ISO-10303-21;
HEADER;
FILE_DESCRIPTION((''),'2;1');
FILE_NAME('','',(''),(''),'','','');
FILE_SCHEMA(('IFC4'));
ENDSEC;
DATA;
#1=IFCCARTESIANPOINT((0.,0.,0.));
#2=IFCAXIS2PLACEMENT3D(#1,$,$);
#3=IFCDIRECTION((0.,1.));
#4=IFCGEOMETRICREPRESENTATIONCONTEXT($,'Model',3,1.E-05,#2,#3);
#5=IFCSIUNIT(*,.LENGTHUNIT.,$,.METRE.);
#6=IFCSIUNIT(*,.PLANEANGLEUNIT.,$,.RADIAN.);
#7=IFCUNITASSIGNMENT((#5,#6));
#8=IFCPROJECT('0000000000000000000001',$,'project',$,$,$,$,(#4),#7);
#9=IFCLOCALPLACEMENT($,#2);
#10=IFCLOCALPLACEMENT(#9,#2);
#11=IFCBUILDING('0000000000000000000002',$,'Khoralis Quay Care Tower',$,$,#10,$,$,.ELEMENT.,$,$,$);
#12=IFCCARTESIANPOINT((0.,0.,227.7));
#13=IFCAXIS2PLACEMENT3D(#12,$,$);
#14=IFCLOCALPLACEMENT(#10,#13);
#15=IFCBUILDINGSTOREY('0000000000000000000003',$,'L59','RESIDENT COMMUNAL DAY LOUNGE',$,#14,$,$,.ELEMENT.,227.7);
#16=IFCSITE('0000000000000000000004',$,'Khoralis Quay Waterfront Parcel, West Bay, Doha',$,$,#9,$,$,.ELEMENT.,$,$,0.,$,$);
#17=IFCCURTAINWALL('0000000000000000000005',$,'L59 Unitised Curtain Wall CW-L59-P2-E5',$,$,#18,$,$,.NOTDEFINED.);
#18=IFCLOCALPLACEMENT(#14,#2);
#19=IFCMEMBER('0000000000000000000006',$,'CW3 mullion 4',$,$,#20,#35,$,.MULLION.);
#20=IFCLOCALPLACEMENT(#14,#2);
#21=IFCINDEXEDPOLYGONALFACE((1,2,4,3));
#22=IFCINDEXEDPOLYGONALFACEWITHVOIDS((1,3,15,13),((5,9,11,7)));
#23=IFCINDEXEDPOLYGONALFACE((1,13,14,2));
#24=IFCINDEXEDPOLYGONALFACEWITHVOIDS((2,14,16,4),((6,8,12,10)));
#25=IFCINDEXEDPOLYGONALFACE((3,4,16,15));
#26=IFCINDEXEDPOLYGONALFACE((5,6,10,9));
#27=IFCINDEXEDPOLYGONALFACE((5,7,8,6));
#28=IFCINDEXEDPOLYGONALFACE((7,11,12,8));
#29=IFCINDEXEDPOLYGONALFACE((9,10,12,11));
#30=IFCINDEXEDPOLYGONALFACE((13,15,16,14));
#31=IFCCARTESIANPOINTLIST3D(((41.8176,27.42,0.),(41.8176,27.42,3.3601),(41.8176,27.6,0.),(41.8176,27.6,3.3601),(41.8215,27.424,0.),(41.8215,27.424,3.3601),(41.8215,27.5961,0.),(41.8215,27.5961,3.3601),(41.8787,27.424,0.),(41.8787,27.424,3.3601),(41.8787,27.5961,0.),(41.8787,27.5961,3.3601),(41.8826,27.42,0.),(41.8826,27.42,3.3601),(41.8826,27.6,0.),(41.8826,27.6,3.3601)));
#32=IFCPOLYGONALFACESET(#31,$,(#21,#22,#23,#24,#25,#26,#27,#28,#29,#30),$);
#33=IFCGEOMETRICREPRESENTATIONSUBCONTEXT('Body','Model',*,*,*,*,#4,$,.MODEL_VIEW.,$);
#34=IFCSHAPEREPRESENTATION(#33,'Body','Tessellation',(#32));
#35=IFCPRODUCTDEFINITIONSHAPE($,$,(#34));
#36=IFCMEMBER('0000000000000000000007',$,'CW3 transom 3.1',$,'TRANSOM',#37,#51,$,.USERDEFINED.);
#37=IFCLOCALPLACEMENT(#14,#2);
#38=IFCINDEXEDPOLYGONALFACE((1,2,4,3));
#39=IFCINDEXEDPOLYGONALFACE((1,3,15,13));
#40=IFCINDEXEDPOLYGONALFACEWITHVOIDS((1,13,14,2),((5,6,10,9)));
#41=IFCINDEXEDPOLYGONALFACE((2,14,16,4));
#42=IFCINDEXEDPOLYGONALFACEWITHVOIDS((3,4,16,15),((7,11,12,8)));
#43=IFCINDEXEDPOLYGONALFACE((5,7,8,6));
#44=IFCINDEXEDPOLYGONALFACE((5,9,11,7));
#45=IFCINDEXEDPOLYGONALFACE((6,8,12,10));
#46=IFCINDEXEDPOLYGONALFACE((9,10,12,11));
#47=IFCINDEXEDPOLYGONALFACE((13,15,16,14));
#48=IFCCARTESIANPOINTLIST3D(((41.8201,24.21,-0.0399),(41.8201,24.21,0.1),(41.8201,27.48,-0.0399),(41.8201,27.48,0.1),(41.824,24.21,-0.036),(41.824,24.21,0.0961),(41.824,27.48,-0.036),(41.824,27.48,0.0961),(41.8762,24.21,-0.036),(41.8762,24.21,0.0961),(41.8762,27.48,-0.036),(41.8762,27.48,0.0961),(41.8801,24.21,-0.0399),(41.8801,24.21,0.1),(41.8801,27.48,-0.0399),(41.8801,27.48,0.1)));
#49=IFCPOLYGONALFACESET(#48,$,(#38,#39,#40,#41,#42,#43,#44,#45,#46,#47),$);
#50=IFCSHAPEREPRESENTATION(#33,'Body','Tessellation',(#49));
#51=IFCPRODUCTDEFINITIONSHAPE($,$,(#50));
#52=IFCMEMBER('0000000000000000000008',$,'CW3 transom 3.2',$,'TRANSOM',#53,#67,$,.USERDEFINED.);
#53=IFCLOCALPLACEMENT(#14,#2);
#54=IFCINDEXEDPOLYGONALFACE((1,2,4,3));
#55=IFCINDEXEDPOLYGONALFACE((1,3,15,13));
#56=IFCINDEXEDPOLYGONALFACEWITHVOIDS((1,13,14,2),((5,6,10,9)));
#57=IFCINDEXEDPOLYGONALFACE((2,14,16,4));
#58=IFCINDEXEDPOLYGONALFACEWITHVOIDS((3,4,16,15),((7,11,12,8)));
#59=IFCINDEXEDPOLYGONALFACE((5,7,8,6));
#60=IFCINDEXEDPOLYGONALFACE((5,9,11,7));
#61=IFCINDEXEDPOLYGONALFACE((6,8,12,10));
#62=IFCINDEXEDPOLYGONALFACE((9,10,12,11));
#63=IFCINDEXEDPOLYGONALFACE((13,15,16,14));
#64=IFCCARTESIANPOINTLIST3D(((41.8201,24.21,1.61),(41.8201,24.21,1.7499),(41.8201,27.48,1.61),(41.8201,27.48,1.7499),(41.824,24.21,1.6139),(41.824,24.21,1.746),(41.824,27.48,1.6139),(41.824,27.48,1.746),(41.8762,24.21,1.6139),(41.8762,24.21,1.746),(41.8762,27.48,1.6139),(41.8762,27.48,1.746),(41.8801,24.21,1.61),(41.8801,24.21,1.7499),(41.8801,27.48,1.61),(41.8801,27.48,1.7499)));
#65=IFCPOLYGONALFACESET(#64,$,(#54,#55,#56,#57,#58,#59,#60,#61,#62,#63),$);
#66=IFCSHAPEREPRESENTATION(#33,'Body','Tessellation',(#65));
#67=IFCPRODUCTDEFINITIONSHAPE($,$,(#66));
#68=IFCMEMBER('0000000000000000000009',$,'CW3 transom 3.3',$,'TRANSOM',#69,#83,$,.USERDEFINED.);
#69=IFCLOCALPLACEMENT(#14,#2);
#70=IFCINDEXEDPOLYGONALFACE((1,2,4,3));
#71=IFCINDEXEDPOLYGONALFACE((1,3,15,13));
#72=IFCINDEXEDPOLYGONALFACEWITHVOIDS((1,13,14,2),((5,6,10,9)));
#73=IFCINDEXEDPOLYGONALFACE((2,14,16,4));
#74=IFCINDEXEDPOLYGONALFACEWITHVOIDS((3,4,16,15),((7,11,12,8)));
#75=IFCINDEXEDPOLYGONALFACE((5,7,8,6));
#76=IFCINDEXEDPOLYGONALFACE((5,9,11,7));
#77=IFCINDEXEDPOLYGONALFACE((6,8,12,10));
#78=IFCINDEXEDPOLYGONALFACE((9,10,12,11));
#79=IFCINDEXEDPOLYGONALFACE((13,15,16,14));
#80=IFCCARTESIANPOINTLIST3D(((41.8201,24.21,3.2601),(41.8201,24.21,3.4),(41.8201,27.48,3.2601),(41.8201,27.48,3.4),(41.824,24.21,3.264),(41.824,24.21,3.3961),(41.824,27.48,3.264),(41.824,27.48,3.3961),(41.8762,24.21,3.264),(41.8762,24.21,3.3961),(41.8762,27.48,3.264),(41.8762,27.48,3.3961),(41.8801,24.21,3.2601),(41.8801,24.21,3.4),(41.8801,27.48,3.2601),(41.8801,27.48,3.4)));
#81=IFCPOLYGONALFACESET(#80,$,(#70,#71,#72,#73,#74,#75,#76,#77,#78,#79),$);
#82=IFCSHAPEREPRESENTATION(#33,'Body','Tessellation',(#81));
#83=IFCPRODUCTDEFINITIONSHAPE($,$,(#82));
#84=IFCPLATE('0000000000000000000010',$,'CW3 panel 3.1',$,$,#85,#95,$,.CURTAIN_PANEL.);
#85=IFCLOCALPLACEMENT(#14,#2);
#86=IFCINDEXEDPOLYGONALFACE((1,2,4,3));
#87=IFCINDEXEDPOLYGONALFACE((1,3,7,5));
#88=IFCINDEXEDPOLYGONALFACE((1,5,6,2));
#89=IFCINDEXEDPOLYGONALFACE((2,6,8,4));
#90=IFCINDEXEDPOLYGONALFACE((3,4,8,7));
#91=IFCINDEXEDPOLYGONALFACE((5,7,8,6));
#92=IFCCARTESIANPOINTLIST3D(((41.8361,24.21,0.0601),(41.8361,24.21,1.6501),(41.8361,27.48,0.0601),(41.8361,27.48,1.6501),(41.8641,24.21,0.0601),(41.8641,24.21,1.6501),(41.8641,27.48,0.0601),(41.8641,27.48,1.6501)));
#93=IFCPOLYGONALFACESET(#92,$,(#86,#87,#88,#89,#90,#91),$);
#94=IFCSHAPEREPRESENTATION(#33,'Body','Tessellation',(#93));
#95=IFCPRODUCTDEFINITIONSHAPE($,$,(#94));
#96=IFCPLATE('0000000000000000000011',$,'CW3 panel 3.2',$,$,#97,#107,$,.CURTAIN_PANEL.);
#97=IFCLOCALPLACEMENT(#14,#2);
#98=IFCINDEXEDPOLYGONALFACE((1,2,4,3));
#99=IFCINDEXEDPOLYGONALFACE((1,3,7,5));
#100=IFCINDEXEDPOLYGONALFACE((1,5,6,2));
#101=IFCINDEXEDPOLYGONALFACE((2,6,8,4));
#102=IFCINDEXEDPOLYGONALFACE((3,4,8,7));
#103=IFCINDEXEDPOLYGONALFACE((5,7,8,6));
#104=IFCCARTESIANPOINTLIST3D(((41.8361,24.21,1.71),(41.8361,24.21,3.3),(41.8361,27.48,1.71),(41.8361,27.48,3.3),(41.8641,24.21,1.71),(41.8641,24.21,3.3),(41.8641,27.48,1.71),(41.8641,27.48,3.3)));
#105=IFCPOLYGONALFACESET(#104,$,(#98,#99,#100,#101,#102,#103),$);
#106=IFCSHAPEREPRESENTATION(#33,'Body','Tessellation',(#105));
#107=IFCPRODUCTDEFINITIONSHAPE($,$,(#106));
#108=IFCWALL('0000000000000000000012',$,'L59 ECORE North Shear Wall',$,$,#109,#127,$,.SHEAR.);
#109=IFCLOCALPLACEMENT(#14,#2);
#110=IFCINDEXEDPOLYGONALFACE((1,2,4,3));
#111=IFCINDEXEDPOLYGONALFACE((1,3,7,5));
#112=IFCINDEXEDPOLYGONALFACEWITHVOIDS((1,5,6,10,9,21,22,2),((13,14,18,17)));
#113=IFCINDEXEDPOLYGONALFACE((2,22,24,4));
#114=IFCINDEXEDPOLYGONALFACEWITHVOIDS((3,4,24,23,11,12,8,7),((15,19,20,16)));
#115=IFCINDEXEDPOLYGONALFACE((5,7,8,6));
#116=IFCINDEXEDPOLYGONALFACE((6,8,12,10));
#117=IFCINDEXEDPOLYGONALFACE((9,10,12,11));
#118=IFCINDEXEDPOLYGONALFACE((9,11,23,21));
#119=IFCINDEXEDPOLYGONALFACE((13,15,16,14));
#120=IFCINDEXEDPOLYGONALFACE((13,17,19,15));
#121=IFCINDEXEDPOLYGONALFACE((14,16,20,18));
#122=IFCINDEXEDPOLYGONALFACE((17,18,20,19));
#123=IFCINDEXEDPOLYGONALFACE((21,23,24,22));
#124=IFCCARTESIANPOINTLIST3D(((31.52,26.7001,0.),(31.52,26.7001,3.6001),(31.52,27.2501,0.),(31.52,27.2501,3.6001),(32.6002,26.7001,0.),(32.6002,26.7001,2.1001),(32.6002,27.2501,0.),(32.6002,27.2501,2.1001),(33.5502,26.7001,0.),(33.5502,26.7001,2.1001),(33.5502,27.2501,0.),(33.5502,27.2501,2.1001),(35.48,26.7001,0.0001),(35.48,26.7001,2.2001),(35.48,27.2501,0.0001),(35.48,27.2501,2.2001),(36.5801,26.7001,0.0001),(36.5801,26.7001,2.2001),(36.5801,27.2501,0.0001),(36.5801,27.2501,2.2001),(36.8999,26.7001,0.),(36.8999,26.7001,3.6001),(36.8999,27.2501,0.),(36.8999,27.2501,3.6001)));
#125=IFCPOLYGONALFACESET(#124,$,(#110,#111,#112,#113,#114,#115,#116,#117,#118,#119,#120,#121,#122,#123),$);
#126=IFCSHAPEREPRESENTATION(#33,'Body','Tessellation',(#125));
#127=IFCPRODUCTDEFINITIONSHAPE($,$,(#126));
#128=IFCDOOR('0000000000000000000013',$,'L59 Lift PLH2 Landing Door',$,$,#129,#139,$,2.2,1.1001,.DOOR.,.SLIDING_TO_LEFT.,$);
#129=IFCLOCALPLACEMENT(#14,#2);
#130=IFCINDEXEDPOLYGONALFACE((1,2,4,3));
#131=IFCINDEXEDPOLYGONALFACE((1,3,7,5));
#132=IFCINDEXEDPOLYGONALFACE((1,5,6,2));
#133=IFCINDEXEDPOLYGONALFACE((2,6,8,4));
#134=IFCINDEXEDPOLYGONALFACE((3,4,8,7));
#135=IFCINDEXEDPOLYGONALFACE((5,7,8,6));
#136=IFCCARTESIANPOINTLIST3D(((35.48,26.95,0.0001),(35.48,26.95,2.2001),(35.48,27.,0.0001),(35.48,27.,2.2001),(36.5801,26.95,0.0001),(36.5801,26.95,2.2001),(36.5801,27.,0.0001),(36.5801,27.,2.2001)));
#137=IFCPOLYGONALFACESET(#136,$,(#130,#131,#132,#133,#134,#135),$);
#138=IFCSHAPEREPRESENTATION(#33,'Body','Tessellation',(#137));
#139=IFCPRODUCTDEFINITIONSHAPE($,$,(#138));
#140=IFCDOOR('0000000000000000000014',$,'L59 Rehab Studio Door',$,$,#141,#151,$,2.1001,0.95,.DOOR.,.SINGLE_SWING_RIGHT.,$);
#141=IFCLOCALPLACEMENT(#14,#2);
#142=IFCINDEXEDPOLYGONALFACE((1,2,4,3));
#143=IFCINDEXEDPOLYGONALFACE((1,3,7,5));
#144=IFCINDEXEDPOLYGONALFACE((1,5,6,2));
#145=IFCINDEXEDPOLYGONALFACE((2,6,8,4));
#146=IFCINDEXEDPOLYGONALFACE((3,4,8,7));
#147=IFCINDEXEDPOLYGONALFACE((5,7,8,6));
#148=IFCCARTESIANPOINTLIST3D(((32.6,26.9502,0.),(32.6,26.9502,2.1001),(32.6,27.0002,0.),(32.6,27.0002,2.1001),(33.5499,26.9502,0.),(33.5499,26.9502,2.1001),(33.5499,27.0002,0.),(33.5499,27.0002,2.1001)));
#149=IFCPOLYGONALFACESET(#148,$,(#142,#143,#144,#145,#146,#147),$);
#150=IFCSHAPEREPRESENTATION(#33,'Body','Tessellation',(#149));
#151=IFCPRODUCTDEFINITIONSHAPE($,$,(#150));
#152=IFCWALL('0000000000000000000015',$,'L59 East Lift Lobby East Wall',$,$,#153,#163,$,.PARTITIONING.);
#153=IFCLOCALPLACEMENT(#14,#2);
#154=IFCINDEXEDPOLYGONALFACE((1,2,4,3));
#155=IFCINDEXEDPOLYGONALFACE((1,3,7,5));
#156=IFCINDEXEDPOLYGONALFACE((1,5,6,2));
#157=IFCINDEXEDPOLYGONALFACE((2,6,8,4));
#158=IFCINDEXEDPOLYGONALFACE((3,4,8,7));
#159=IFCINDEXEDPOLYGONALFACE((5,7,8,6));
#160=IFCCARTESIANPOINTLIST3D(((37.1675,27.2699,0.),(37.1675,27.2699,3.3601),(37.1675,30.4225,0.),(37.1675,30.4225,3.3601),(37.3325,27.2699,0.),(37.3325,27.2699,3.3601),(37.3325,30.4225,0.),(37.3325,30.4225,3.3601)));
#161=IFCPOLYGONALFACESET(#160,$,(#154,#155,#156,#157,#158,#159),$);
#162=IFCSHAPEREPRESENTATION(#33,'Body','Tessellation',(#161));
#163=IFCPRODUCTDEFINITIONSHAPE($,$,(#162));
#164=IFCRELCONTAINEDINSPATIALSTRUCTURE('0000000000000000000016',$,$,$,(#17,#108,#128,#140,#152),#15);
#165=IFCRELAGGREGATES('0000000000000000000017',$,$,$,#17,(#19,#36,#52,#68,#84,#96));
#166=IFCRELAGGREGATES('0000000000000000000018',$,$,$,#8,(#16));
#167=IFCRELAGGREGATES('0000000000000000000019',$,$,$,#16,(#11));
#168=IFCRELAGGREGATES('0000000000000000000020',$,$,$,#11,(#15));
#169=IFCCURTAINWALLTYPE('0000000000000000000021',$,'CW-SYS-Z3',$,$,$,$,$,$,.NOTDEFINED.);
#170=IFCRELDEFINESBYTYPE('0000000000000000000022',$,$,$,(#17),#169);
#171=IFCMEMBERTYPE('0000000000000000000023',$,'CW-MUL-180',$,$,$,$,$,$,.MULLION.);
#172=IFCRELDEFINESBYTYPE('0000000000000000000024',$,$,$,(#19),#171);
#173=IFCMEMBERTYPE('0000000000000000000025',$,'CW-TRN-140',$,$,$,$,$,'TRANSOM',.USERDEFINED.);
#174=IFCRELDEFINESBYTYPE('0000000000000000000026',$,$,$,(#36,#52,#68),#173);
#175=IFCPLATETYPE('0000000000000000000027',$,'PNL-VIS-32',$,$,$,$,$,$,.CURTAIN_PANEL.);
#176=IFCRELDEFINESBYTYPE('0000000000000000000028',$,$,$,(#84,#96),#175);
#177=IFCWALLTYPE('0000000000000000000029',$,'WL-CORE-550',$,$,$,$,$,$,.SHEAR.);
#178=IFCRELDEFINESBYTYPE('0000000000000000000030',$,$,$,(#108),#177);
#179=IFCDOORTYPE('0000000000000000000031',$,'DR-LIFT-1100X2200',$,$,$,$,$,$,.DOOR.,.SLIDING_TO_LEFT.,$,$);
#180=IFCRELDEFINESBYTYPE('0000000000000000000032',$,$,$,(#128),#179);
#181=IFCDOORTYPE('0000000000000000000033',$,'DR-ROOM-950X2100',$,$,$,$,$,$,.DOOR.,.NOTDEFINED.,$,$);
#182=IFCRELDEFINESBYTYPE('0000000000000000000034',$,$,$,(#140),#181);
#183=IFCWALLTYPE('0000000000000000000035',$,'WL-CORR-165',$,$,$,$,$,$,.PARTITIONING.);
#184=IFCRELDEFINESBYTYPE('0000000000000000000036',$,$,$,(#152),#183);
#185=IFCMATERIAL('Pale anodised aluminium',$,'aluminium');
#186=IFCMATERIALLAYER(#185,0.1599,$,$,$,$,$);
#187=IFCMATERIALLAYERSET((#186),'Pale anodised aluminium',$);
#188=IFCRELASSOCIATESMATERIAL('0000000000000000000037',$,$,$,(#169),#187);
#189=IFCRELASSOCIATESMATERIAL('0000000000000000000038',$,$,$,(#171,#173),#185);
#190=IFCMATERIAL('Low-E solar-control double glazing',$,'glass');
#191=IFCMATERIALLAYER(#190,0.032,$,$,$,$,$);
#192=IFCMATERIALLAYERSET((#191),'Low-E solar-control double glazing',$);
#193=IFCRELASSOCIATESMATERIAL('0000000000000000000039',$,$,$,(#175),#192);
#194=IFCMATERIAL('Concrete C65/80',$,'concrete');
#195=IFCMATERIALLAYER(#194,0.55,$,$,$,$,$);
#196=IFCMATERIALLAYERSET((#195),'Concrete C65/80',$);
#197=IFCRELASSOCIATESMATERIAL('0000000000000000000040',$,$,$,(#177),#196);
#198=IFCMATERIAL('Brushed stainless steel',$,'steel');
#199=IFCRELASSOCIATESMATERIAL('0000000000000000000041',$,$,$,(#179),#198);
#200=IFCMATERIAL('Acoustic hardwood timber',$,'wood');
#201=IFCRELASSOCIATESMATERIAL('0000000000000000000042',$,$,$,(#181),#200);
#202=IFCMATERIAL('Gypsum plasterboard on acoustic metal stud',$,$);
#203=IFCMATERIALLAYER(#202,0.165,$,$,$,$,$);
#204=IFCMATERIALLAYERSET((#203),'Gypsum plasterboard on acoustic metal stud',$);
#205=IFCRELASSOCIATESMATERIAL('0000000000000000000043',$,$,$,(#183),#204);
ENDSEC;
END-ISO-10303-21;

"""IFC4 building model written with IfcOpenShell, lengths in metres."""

from ifc_helpers import new_model, si_unit, direction, frame, frame_2d, origin, origin_2d, place, context, subcontext, project, spatial, rectangle, hollow_rectangle, extrude, source, transform, mapped, material, layer, layer_set, material_profile, profile_set, type_object, element, fill, aggregate, save


model = new_model("IFC4")

# Units and contexts
model_context = context("Model", 3, precision=1e-05, world=origin(), true_north=direction((0.0, 1.0)))
body_context = subcontext(model_context, "Body", "Model", "MODEL_VIEW")
ifc_project = project(units=[si_unit("LENGTHUNIT", "METRE"), si_unit("PLANEANGLEUNIT", "RADIAN")], contexts=[model_context])

# Site, building, storey
site_placement = place(None, origin())
site = spatial("IfcSite", under=ifc_project, at=site_placement, Name="Khoralis Quay Waterfront Parcel, West Bay, Doha", CompositionType="ELEMENT", RefElevation=0.0)
building_placement = place(site_placement, origin())
building = spatial("IfcBuilding", under=site, at=building_placement, Name="Khoralis Quay Care Tower", CompositionType="ELEMENT")
storey_placement = place(building_placement, frame((0.0, 0.0, 227.7)))
storey = spatial("IfcBuildingStorey", under=building, at=storey_placement, Name="L59", Description="RESIDENT COMMUNAL DAY LOUNGE", CompositionType="ELEMENT", Elevation=227.7)

# Curtain wall, members, plates
ifc_material_1 = material(Name="Pale anodised aluminium", Category="aluminium")
ifc_layer_1 = layer(ifc_material_1, 0.1599)
ifc_layer_set_1 = layer_set([ifc_layer_1], Name="Pale anodised aluminium")
curtain_wall_type = type_object("IfcCurtainWallType", Name="CW-SYS-Z3", PredefinedType="NOTDEFINED", material=ifc_layer_set_1)
curtain_wall_placement = place(storey_placement, origin())
curtain_wall = element("IfcCurtainWall", 1, at=curtain_wall_placement, inside=storey, type_object=curtain_wall_type, Name="L59 Unitised Curtain Wall CW-L59-P2-E5", PredefinedType="NOTDEFINED")
ifc_material_profile_1 = material_profile(ifc_material_1, hollow_rectangle(XDim=0.0649, YDim=0.1799, WallThickness=0.0039, at=origin_2d()), Name="Pale anodised aluminium")
ifc_profile_set_1 = profile_set([ifc_material_profile_1], Name="Pale anodised aluminium")
member_type_1 = type_object("IfcMemberType", Name="CW-MUL-180", PredefinedType="MULLION", material=ifc_profile_set_1)
shared_shape_1 = source(origin(), body_context, "Body", "SweptSolid", [
    extrude(hollow_rectangle(XDim=0.0649, YDim=0.1799, WallThickness=0.0039, at=origin_2d()), origin(), (0.0, 0.0, 1.0), 3.3601),
])
member_1_placement = place(storey_placement, frame((41.8501, 27.51, 0.0), z_axis=(0.0, 0.0, 1.0), x_axis=(-1.0, 0.0, 0.0)))
member_1 = element("IfcMember", 2, at=member_1_placement, type_object=member_type_1, Name="CW3 mullion 4", PredefinedType="MULLION", context=body_context, shape_type="MappedRepresentation", body=[
    mapped(shared_shape_1, transform((0.0, 0.0, 0.0), scale=1.0)),
])
ifc_material_profile_2 = material_profile(ifc_material_1, hollow_rectangle(XDim=0.0601, YDim=0.1399, WallThickness=0.0039, at=origin_2d()), Name="Pale anodised aluminium")
ifc_profile_set_2 = profile_set([ifc_material_profile_2], Name="Pale anodised aluminium")
member_type_2 = type_object("IfcMemberType", Name="CW-TRN-140", ElementType="TRANSOM", PredefinedType="USERDEFINED", material=ifc_profile_set_2)
shared_shape_2 = source(origin(), body_context, "Body", "SweptSolid", [
    extrude(hollow_rectangle(XDim=0.0601, YDim=0.1399, WallThickness=0.0039, at=origin_2d()), origin(), (0.0, 0.0, 1.0), 3.27),
])
member_2_placement = place(storey_placement, frame((41.8501, 24.21, 0.03), z_axis=(0.0, 1.0, 0.0), x_axis=(-1.0, 0.0, 0.0)))
member_2 = element("IfcMember", 3, at=member_2_placement, type_object=member_type_2, Name="CW3 transom 3.1", ObjectType="TRANSOM", PredefinedType="USERDEFINED", context=body_context, shape_type="MappedRepresentation", body=[
    mapped(shared_shape_2, transform((0.0, 0.0, 0.0), scale=1.0)),
])
member_3_placement = place(storey_placement, frame((41.8501, 24.21, 1.6799), z_axis=(0.0, 1.0, 0.0), x_axis=(-1.0, 0.0, 0.0)))
member_3 = element("IfcMember", 4, at=member_3_placement, type_object=member_type_2, Name="CW3 transom 3.2", ObjectType="TRANSOM", PredefinedType="USERDEFINED", context=body_context, shape_type="MappedRepresentation", body=[
    mapped(shared_shape_2, transform((0.0, 0.0, 0.0), scale=1.0)),
])
member_4_placement = place(storey_placement, frame((41.8501, 24.21, 3.3301), z_axis=(0.0, 1.0, 0.0), x_axis=(-1.0, 0.0, 0.0)))
member_4 = element("IfcMember", 5, at=member_4_placement, type_object=member_type_2, Name="CW3 transom 3.3", ObjectType="TRANSOM", PredefinedType="USERDEFINED", context=body_context, shape_type="MappedRepresentation", body=[
    mapped(shared_shape_2, transform((0.0, 0.0, 0.0), scale=1.0)),
])
ifc_material_2 = material(Name="Low-E solar-control double glazing", Category="glass")
ifc_layer_2 = layer(ifc_material_2, 0.032)
ifc_layer_set_2 = layer_set([ifc_layer_2], Name="Low-E solar-control double glazing")
plate_type = type_object("IfcPlateType", Name="PNL-VIS-32", PredefinedType="CURTAIN_PANEL", material=ifc_layer_set_2)
shared_shape_3 = source(origin(), body_context, "Body", "SweptSolid", [
    extrude(rectangle(XDim=3.27, YDim=0.0281, at=origin_2d()), origin(), (0.0, 0.0, 1.0), 1.5901),
])
plate_1_placement = place(storey_placement, frame((41.8501, 25.845, 0.0601), z_axis=(0.0, 0.0, 1.0), x_axis=(0.0, 1.0, 0.0)))
plate_1 = element("IfcPlate", 6, at=plate_1_placement, type_object=plate_type, Name="CW3 panel 3.1", PredefinedType="CURTAIN_PANEL", context=body_context, shape_type="MappedRepresentation", body=[
    mapped(shared_shape_3, transform((0.0, 0.0, 0.0), scale=1.0)),
])
plate_2_placement = place(storey_placement, frame((41.8501, 25.845, 1.71), z_axis=(0.0, 0.0, 1.0), x_axis=(0.0, 1.0, 0.0)))
plate_2 = element("IfcPlate", 7, at=plate_2_placement, type_object=plate_type, Name="CW3 panel 3.2", PredefinedType="CURTAIN_PANEL", context=body_context, shape_type="MappedRepresentation", body=[
    mapped(shared_shape_3, transform((0.0, 0.0, 0.0), scale=1.0)),
])
aggregate(curtain_wall, [member_1, member_2, member_3, member_4, plate_1, plate_2])

# Wall, openings, doors
ifc_material_3 = material(Name="Concrete C65/80", Category="concrete")
ifc_layer_3 = layer(ifc_material_3, 0.55)
ifc_layer_set_3 = layer_set([ifc_layer_3], Name="Concrete C65/80")
wall_type_1 = type_object("IfcWallType", Name="WL-CORE-550", PredefinedType="SHEAR", material=ifc_layer_set_3)
wall_1_placement = place(storey_placement, frame((31.52, 26.9751, 0.0), z_axis=(0.0, 0.0, 1.0), x_axis=(1.0, 0.0, 0.0)))
wall_1 = element("IfcWall", 8, at=wall_1_placement, inside=storey, type_object=wall_type_1, Name="L59 ECORE North Shear Wall", PredefinedType="SHEAR", context=body_context, shape_type="SweptSolid", body=[
    extrude(rectangle(XDim=5.3799, YDim=0.55, at=frame_2d((2.6899, 0.0))), origin(), (0.0, 0.0, 1.0), 3.6001),
])
opening_1_placement = place(wall_1_placement, frame((1.0801, 0.0, 0.0)))
opening_1 = element("IfcOpeningElement", 9, at=opening_1_placement, cuts=wall_1, PredefinedType="OPENING", context=body_context, shape_type="SweptSolid", body=[
    extrude(rectangle(XDim=0.95, YDim=2.1001, at=frame_2d((0.4751, 1.05))), frame((0.0, 0.2852, 0.0), z_axis=(0.0, -1.0, 0.0), x_axis=(1.0, 0.0, 0.0)), (0.0, 0.0, 1.0), 0.5701),
])
opening_2_placement = place(wall_1_placement, frame((3.96, 0.0, 0.0)))
opening_2 = element("IfcOpeningElement", 10, at=opening_2_placement, cuts=wall_1, PredefinedType="OPENING", context=body_context, shape_type="SweptSolid", body=[
    extrude(rectangle(XDim=1.1001, YDim=2.2, at=frame_2d((0.55, 1.1001))), frame((0.0, 0.2852, 0.0), z_axis=(0.0, -1.0, 0.0), x_axis=(1.0, 0.0, 0.0)), (0.0, 0.0, 1.0), 0.5701),
])
ifc_material_4 = material(Name="Brushed stainless steel", Category="steel")
door_type_1 = type_object("IfcDoorType", Name="DR-LIFT-1100X2200", OperationType="SLIDING_TO_LEFT", PredefinedType="DOOR", material=ifc_material_4)
shared_shape_4 = source(origin(), body_context, "Body", "SweptSolid", [
    extrude(rectangle(XDim=1.1001, YDim=2.2, at=frame_2d((0.55, 1.1001))), frame((0.0, 0.0249, 0.0), z_axis=(0.0, -1.0, 0.0), x_axis=(1.0, 0.0, 0.0)), (0.0, 0.0, 1.0), 0.05),
])
door_1_placement = place(opening_2_placement, origin())
door_1 = element("IfcDoor", 11, at=door_1_placement, inside=storey, type_object=door_type_1, Name="L59 Lift PLH2 Landing Door", OperationType="SLIDING_TO_LEFT", OverallHeight=2.2, OverallWidth=1.1001, PredefinedType="DOOR", context=body_context, shape_type="MappedRepresentation", body=[
    mapped(shared_shape_4, transform((0.0, 0.0, 0.0), scale=1.0)),
])
fill(opening_2, door_1)
ifc_material_5 = material(Name="Acoustic hardwood timber", Category="wood")
door_type_2 = type_object("IfcDoorType", Name="DR-ROOM-950X2100", OperationType="NOTDEFINED", PredefinedType="DOOR", material=ifc_material_5)
shared_shape_5 = source(origin(), body_context, "Body", "SweptSolid", [
    extrude(rectangle(XDim=0.95, YDim=2.1001, at=frame_2d((0.4751, 1.05))), frame((0.0, 0.0249, 0.0), z_axis=(0.0, -1.0, 0.0), x_axis=(1.0, 0.0, 0.0)), (0.0, 0.0, 1.0), 0.05),
])
door_2_placement = place(opening_1_placement, frame((0.95, 0.0, 0.0), z_axis=(0.0, 0.0, 1.0), x_axis=(-1.0, 0.0, 0.0)))
door_2 = element("IfcDoor", 12, at=door_2_placement, inside=storey, type_object=door_type_2, Name="L59 Rehab Studio Door", OperationType="SINGLE_SWING_RIGHT", OverallHeight=2.1001, OverallWidth=0.95, PredefinedType="DOOR", context=body_context, shape_type="MappedRepresentation", body=[
    mapped(shared_shape_5, transform((0.0, 0.0, 0.0), scale=1.0)),
])
fill(opening_1, door_2)

# Wall
ifc_material_6 = material(Name="Gypsum plasterboard on acoustic metal stud")
ifc_layer_4 = layer(ifc_material_6, 0.165)
ifc_layer_set_4 = layer_set([ifc_layer_4], Name="Gypsum plasterboard on acoustic metal stud")
wall_type_2 = type_object("IfcWallType", Name="WL-CORR-165", PredefinedType="PARTITIONING", material=ifc_layer_set_4)
wall_2_placement = place(storey_placement, frame((37.25, 27.27, 0.0), z_axis=(0.0, 0.0, 1.0), x_axis=(0.0, 1.0, 0.0)))
element("IfcWall", 13, at=wall_2_placement, inside=storey, type_object=wall_type_2, Name="L59 East Lift Lobby East Wall", PredefinedType="PARTITIONING", context=body_context, shape_type="SweptSolid", body=[
    extrude(rectangle(XDim=3.1526, YDim=0.165, at=frame_2d((1.5762, 0.0))), origin(), (0.0, 0.0, 1.0), 3.3601),
])

save(model, "model.ifc")
